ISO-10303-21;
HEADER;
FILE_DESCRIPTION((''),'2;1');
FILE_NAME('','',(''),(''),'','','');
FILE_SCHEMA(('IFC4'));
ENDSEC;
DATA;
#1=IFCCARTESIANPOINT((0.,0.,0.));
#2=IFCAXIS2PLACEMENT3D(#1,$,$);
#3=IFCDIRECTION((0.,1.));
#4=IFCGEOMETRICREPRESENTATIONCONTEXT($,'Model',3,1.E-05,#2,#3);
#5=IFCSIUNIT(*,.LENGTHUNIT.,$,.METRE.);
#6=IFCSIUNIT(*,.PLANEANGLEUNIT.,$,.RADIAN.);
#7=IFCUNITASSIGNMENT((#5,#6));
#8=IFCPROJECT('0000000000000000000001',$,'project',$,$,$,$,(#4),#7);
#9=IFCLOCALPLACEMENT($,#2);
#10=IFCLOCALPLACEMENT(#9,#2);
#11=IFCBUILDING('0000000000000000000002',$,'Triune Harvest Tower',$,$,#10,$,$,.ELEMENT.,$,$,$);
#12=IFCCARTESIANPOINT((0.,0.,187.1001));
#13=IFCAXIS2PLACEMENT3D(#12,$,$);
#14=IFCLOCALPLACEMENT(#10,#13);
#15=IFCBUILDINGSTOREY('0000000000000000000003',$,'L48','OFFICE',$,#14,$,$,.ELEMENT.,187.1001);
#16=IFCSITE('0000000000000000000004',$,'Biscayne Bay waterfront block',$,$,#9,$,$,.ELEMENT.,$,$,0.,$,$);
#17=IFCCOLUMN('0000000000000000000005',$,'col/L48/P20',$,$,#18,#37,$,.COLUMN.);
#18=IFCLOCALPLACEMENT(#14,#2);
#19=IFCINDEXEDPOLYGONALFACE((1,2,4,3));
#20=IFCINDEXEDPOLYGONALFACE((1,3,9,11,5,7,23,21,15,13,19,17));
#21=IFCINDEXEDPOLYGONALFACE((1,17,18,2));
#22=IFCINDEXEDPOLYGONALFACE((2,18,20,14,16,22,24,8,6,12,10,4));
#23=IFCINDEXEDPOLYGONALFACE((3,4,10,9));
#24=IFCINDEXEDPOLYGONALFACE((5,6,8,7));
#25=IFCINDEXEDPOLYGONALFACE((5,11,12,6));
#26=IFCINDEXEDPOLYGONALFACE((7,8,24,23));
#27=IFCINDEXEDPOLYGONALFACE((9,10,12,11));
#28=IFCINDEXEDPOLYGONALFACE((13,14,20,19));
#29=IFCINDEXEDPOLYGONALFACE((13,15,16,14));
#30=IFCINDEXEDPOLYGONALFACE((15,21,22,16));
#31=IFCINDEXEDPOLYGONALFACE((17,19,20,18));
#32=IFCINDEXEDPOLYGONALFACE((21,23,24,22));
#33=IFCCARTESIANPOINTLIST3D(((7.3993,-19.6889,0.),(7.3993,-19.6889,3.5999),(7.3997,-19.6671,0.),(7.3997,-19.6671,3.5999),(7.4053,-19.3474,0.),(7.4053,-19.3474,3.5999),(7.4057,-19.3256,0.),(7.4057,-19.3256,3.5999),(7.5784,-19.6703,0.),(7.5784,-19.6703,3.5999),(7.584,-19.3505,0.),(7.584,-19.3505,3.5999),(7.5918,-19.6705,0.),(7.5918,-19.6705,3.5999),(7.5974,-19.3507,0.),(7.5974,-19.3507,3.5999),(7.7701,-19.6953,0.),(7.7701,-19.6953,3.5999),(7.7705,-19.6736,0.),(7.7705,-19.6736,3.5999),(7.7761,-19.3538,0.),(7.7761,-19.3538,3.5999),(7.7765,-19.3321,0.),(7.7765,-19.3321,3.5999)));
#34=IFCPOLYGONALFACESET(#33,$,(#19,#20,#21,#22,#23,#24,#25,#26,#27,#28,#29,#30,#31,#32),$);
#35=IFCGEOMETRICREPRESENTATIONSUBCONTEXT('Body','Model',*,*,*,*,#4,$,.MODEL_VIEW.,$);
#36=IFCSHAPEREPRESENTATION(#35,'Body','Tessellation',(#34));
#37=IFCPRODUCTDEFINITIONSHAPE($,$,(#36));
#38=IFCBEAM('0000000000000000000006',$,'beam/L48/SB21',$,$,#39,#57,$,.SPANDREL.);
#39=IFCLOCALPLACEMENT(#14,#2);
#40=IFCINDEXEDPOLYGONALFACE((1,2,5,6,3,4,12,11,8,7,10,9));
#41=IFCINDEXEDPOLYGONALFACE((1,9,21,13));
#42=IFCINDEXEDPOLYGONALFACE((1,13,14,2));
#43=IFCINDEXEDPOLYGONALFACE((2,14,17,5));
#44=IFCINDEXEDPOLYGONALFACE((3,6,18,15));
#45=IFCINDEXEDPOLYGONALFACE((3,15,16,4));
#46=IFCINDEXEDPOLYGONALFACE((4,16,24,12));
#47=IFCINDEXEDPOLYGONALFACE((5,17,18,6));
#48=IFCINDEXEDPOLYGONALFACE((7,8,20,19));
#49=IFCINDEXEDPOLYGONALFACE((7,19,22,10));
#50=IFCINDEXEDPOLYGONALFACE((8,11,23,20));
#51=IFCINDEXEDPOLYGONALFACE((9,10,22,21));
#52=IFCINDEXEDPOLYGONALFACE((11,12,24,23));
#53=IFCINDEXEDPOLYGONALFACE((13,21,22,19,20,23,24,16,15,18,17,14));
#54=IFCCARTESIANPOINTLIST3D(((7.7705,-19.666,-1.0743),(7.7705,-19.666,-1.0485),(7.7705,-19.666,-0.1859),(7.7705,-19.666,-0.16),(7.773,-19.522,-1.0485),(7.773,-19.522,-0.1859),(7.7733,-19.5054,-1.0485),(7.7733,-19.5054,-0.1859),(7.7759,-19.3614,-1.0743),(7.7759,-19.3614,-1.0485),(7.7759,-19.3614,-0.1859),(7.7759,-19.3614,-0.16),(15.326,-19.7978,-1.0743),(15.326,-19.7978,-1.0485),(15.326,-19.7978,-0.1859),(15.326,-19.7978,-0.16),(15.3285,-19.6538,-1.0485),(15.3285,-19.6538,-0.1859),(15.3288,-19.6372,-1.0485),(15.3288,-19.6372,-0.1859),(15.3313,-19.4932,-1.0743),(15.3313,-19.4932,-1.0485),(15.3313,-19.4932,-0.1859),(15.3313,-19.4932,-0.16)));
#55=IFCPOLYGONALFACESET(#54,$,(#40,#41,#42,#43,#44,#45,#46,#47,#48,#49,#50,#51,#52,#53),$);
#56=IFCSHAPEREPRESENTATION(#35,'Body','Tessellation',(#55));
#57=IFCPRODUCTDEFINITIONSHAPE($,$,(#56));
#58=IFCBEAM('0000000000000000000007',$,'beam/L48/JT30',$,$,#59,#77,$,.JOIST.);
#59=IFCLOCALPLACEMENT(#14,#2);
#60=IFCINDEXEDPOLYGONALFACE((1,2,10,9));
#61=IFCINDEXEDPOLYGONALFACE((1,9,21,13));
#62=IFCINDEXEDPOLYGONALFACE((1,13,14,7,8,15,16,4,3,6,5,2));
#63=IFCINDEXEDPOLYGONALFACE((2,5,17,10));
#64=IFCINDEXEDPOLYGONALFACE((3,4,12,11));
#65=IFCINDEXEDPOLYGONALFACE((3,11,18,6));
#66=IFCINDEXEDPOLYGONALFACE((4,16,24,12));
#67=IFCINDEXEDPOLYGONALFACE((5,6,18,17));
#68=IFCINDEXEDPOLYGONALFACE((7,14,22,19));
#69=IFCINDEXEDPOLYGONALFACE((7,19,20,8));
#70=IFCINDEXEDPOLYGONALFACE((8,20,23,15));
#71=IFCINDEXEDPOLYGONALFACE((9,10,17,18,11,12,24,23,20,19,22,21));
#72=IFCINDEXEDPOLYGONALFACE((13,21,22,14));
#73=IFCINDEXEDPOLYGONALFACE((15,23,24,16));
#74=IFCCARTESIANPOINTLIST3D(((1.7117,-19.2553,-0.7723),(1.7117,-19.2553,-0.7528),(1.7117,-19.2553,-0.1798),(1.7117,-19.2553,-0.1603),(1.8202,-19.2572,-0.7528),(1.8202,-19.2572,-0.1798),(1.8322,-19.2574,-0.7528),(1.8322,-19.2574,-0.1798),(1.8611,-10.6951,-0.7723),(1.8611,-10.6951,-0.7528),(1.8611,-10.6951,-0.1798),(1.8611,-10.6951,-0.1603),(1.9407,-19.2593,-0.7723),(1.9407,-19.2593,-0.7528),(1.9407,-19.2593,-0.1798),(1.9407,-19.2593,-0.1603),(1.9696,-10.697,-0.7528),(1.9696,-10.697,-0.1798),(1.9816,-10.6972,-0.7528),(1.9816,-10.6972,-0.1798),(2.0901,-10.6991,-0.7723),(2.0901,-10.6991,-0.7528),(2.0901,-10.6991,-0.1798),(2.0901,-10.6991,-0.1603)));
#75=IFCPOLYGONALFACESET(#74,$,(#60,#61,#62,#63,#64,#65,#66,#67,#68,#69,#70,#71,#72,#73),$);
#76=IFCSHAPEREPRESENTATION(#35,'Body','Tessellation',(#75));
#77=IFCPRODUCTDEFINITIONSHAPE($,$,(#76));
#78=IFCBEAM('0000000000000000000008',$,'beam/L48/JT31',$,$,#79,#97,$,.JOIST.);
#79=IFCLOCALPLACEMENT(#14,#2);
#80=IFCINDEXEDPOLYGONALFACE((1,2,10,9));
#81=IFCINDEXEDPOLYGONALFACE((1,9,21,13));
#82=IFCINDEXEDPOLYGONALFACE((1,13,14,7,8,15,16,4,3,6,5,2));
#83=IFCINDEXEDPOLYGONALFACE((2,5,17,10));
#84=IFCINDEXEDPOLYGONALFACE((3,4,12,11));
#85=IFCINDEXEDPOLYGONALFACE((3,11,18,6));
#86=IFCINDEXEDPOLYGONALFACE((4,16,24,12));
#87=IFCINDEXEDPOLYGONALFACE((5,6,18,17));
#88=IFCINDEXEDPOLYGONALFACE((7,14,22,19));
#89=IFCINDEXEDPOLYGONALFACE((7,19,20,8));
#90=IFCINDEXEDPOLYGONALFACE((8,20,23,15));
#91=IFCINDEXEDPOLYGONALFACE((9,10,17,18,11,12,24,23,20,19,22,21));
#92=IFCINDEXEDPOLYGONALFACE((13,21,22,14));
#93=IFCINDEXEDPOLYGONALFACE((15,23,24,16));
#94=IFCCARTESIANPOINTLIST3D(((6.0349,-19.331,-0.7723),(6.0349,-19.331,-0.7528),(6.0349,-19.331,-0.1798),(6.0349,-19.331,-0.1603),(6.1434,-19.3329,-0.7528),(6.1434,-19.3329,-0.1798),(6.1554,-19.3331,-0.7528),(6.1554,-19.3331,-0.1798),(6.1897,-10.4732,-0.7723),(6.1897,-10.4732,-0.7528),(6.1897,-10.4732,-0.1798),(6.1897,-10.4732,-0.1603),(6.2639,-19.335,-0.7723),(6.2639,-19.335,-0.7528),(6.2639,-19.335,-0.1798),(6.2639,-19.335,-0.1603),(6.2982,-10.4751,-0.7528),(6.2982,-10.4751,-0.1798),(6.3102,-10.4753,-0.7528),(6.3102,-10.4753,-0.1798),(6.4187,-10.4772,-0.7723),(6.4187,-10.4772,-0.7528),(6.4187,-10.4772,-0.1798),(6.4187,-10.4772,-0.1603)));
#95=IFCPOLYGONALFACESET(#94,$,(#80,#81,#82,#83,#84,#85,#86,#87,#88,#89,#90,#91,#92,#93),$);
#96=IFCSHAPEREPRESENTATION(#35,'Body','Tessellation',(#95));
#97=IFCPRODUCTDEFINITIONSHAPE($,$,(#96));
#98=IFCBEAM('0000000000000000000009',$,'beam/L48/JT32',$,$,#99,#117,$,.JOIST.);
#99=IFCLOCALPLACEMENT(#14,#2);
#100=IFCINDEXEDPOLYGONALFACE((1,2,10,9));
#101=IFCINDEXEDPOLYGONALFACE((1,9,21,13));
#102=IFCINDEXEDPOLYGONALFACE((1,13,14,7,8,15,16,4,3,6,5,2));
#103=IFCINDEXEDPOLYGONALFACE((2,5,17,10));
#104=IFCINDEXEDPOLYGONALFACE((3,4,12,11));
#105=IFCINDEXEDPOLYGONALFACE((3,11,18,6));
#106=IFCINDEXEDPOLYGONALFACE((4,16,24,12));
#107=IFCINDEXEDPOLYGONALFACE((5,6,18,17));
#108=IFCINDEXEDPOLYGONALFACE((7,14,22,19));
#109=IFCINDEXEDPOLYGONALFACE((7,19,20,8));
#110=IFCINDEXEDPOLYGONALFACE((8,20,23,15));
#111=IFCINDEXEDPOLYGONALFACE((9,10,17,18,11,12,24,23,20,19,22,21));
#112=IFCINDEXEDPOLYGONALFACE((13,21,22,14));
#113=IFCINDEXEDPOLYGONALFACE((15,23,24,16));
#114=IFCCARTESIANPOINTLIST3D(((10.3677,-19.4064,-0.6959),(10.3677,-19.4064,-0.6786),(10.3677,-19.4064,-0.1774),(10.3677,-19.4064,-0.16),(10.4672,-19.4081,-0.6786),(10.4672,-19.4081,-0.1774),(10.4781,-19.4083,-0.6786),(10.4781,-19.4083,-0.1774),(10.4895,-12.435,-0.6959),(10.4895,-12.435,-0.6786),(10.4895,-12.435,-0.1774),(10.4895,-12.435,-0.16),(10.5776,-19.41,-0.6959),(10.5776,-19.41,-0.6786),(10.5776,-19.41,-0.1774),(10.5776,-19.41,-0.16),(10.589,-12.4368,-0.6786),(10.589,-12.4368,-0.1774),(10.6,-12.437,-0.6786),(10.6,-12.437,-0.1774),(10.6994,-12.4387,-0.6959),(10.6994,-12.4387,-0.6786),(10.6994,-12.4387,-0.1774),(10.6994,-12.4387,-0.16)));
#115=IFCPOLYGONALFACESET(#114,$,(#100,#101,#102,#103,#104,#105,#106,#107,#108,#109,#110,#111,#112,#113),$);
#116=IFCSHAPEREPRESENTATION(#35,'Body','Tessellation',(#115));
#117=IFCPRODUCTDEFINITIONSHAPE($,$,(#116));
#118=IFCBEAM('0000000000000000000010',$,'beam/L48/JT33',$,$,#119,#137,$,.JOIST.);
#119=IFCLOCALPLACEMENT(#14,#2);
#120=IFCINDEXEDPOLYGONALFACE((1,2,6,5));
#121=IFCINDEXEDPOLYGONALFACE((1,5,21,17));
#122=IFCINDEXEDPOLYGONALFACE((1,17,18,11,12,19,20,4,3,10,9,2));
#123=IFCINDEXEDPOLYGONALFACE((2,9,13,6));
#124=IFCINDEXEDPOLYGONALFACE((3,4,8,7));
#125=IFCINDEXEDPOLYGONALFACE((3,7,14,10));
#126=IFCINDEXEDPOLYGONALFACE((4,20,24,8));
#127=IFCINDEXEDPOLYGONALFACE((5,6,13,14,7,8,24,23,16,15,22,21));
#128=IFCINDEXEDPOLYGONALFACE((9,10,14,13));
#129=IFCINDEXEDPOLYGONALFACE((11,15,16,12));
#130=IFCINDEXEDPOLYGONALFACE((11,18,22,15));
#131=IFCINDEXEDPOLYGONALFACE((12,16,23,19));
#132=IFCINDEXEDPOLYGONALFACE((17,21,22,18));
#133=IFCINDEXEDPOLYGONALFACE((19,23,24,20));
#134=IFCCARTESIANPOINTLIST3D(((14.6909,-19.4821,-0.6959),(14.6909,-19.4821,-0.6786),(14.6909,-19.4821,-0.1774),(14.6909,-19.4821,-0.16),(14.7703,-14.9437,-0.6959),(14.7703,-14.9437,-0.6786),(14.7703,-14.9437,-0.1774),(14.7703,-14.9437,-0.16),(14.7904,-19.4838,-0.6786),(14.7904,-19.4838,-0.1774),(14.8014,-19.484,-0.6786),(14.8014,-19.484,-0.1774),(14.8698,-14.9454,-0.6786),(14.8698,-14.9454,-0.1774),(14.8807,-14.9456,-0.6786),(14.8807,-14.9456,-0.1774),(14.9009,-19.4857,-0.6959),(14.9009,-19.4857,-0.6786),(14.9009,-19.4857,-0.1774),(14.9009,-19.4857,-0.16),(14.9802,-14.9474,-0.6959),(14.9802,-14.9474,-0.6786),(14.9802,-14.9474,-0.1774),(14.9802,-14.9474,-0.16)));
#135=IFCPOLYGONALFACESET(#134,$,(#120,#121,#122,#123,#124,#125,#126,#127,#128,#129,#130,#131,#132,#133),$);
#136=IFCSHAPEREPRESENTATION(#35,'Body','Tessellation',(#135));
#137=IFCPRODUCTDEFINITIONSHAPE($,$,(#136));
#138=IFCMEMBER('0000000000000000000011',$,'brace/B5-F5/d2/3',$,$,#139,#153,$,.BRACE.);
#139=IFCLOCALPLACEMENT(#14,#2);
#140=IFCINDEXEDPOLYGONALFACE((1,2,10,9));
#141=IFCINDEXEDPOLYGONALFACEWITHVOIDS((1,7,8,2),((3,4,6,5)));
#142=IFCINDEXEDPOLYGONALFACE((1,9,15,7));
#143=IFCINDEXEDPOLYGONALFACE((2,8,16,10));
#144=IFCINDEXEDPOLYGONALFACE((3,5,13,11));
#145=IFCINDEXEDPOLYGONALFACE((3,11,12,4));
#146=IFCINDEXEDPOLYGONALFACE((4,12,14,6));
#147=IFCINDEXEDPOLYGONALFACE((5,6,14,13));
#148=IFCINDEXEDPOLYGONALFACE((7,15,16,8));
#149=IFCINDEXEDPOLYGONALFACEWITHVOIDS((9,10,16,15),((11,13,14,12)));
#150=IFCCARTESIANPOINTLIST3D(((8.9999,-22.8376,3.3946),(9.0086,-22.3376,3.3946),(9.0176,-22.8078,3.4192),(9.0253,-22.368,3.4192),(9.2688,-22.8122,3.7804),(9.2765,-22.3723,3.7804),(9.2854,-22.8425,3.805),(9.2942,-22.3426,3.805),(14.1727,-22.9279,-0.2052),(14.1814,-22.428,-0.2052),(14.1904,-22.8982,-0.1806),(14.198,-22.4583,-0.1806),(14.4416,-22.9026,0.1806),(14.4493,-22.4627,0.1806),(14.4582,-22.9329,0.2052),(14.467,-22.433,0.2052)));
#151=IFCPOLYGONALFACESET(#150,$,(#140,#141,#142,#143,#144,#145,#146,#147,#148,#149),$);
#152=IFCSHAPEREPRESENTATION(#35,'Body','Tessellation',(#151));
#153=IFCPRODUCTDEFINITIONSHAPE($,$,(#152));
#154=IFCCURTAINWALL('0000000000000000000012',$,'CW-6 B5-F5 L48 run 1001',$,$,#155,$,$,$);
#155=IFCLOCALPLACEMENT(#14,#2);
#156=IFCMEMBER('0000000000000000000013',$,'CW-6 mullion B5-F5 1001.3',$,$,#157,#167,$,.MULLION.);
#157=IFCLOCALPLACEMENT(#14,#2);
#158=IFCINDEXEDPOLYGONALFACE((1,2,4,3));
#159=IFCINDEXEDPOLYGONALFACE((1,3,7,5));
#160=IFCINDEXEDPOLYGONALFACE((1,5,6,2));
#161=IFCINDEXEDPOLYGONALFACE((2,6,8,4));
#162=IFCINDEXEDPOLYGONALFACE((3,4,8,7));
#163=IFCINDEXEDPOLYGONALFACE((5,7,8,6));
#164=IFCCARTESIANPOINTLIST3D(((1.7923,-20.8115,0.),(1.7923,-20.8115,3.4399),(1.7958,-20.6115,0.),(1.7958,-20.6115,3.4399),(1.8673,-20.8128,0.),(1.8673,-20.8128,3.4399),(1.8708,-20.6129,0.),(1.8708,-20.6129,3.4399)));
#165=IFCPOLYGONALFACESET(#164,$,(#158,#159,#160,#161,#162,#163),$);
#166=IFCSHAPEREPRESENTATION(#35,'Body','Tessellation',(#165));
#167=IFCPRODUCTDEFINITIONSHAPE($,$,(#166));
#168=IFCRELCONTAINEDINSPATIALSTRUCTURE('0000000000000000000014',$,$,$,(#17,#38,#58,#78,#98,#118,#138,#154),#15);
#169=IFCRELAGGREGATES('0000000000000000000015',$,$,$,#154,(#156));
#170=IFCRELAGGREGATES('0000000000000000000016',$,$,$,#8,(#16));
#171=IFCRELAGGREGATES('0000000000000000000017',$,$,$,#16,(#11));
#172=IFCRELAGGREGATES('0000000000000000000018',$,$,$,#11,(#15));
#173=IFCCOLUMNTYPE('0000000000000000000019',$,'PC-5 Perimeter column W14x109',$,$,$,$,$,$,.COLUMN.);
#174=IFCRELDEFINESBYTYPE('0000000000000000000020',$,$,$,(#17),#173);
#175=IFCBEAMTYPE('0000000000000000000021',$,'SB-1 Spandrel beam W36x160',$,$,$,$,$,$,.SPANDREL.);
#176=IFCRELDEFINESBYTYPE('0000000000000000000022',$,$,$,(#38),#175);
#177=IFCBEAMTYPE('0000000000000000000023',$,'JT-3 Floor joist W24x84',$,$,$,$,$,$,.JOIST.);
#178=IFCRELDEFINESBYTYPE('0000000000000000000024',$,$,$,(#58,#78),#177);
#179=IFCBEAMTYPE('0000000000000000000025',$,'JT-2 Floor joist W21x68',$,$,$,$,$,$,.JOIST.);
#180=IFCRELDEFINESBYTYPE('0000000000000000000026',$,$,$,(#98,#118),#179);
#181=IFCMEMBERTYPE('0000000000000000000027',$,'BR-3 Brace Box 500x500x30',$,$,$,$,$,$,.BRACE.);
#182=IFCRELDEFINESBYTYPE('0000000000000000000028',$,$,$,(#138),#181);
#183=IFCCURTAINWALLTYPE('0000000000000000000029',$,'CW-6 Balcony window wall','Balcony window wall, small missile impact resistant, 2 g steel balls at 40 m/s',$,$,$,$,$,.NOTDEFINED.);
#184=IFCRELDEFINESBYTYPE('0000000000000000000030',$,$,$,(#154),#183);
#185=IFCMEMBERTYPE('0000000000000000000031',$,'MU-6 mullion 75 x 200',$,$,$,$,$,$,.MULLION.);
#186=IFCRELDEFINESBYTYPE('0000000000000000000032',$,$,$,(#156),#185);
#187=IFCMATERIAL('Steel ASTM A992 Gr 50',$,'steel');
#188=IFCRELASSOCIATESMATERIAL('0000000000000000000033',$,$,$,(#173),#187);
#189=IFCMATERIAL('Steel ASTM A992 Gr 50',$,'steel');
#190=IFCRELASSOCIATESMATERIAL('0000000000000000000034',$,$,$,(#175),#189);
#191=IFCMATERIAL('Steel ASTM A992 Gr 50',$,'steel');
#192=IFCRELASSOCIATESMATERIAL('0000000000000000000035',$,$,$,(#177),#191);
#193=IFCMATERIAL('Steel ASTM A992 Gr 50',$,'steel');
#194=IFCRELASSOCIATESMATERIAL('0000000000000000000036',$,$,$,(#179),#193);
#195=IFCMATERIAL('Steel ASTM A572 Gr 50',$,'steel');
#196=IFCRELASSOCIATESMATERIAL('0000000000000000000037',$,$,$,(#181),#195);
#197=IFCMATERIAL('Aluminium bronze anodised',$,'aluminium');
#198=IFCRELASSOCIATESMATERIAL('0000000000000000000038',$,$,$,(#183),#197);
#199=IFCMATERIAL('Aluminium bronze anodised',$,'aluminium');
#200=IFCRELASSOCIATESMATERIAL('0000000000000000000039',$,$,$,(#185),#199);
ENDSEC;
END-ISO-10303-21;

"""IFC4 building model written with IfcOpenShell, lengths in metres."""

from ifc_helpers import new_model, si_unit, direction, frame, origin, origin_2d, place, context, subcontext, project, spatial, rectangle, hollow_rectangle, i_section, extrude, source, transform, mapped, material, material_profile, profile_set, type_object, element, aggregate, save


model = new_model("IFC4")

# Units and contexts
model_context = context("Model", 3, precision=1e-05, world=origin(), true_north=direction((0.0, 1.0)))
body_context = subcontext(model_context, "Body", "Model", "MODEL_VIEW")
ifc_project = project(units=[si_unit("LENGTHUNIT", "METRE"), si_unit("PLANEANGLEUNIT", "RADIAN")], contexts=[model_context])

# Site, building, storey
site_placement = place(None, origin())
site = spatial("IfcSite", under=ifc_project, at=site_placement, Name="Biscayne Bay waterfront block", CompositionType="ELEMENT", RefElevation=0.0)
building_placement = place(site_placement, origin())
building = spatial("IfcBuilding", under=site, at=building_placement, Name="Triune Harvest Tower", CompositionType="ELEMENT")
storey_placement = place(building_placement, frame((0.0, 0.0, 187.1001)))
storey = spatial("IfcBuildingStorey", under=building, at=storey_placement, Name="L48", Description="OFFICE", CompositionType="ELEMENT", Elevation=187.1001)

# Column
ifc_material_1 = material(Name="Steel ASTM A992 Gr 50", Category="steel")
ifc_material_profile_1 = material_profile(ifc_material_1, i_section(OverallWidth=0.3708, OverallDepth=0.3633, WebThickness=0.0134, FlangeThickness=0.0217, at=origin_2d()), Name="W14x109")
ifc_profile_set_1 = profile_set([ifc_material_profile_1], Name="Steel ASTM A992 Gr 50")
column_type = type_object("IfcColumnType", Name="PC-5 Perimeter column W14x109", PredefinedType="COLUMN", material=ifc_profile_set_1)
shared_shape_1 = source(origin(), body_context, "Body", "SweptSolid", [
    extrude(i_section(OverallWidth=0.3708, OverallDepth=0.3633, WebThickness=0.0134, FlangeThickness=0.0217, at=origin_2d()), origin(), (0.0, 0.0, 1.0), 3.5999),
])
column_placement = place(storey_placement, frame((7.5879, -19.5105, 0.0), z_axis=(0.0, 0.0, 1.0), x_axis=(0.999848, -0.017452, 0.0)))
element("IfcColumn", 1, at=column_placement, inside=storey, type_object=column_type, Name="col/L48/P20", PredefinedType="COLUMN", context=body_context, shape_type="MappedRepresentation", body=[
    mapped(shared_shape_1, transform((0.0, 0.0, 0.0), scale=1.0)),
])

# Beams
ifc_material_2 = material(Name="Steel ASTM A992 Gr 50", Category="steel")
ifc_material_profile_2 = material_profile(ifc_material_2, i_section(OverallWidth=0.3047, OverallDepth=0.9143, WebThickness=0.0166, FlangeThickness=0.0259, at=origin_2d()), Name="W36x160")
ifc_profile_set_2 = profile_set([ifc_material_profile_2], Name="Steel ASTM A992 Gr 50")
beam_type_1 = type_object("IfcBeamType", Name="SB-1 Spandrel beam W36x160", PredefinedType="SPANDREL", material=ifc_profile_set_2)
shared_shape_2 = source(origin(), body_context, "Body", "SweptSolid", [
    extrude(i_section(OverallWidth=0.3047, OverallDepth=0.9143, WebThickness=0.0166, FlangeThickness=0.0259, at=origin_2d()), origin(), (0.0, 0.0, 1.0), 7.5566),
])
beam_1_placement = place(storey_placement, frame((7.7732, -19.5137, -0.6172), z_axis=(0.999848, -0.017447, 0.0), x_axis=(0.017447, 0.999848, 0.0)))
element("IfcBeam", 2, at=beam_1_placement, inside=storey, type_object=beam_type_1, Name="beam/L48/SB21", PredefinedType="SPANDREL", context=body_context, shape_type="MappedRepresentation", body=[
    mapped(shared_shape_2, transform((0.0, 0.0, 0.0), scale=1.0)),
])
ifc_material_3 = material(Name="Steel ASTM A992 Gr 50", Category="steel")
ifc_material_profile_3 = material_profile(ifc_material_3, i_section(OverallWidth=0.229, OverallDepth=0.6121, WebThickness=0.012, FlangeThickness=0.0195, at=origin_2d()), Name="W24x84")
ifc_profile_set_3 = profile_set([ifc_material_profile_3], Name="Steel ASTM A992 Gr 50")
beam_type_2 = type_object("IfcBeamType", Name="JT-3 Floor joist W24x84", PredefinedType="JOIST", material=ifc_profile_set_3)
shared_shape_3 = source(origin(), body_context, "Body", "SweptSolid", [
    extrude(i_section(OverallWidth=0.229, OverallDepth=0.6121, WebThickness=0.012, FlangeThickness=0.0195, at=origin_2d()), origin(), (0.0, 0.0, 1.0), 8.5615),
])
beam_2_placement = place(storey_placement, frame((1.8262, -19.2573, -0.4663), z_axis=(0.017452, 0.999848, 0.0), x_axis=(-0.999848, 0.017452, 0.0)))
element("IfcBeam", 3, at=beam_2_placement, inside=storey, type_object=beam_type_2, Name="beam/L48/JT30", PredefinedType="JOIST", context=body_context, shape_type="MappedRepresentation", body=[
    mapped(shared_shape_3, transform((0.0, 0.0, 0.0), scale=1.0)),
])
shared_shape_4 = source(origin(), body_context, "Body", "SweptSolid", [
    extrude(i_section(OverallWidth=0.229, OverallDepth=0.6121, WebThickness=0.012, FlangeThickness=0.0195, at=origin_2d()), origin(), (0.0, 0.0, 1.0), 8.8591),
])
beam_3_placement = place(storey_placement, frame((6.1494, -19.333, -0.4663), z_axis=(0.017472, 0.999847, 0.0), x_axis=(-0.999847, 0.017472, 0.0)))
element("IfcBeam", 4, at=beam_3_placement, inside=storey, type_object=beam_type_2, Name="beam/L48/JT31", PredefinedType="JOIST", context=body_context, shape_type="MappedRepresentation", body=[
    mapped(shared_shape_4, transform((0.0, 0.0, 0.0), scale=1.0)),
])
ifc_material_4 = material(Name="Steel ASTM A992 Gr 50", Category="steel")
ifc_material_profile_4 = material_profile(ifc_material_4, i_section(OverallWidth=0.21, OverallDepth=0.5359, WebThickness=0.011, FlangeThickness=0.0173, at=origin_2d()), Name="W21x68")
ifc_profile_set_4 = profile_set([ifc_material_profile_4], Name="Steel ASTM A992 Gr 50")
beam_type_3 = type_object("IfcBeamType", Name="JT-2 Floor joist W21x68", PredefinedType="JOIST", material=ifc_profile_set_4)
shared_shape_5 = source(origin(), body_context, "Body", "SweptSolid", [
    extrude(i_section(OverallWidth=0.21, OverallDepth=0.5359, WebThickness=0.011, FlangeThickness=0.0173, at=origin_2d()), origin(), (0.0, 0.0, 1.0), 6.9724),
])
beam_4_placement = place(storey_placement, frame((10.4727, -19.4082, -0.428), z_axis=(0.017472, 0.999847, 0.0), x_axis=(-0.999847, 0.017472, 0.0)))
element("IfcBeam", 5, at=beam_4_placement, inside=storey, type_object=beam_type_3, Name="beam/L48/JT32", PredefinedType="JOIST", context=body_context, shape_type="MappedRepresentation", body=[
    mapped(shared_shape_5, transform((0.0, 0.0, 0.0), scale=1.0)),
])
shared_shape_6 = source(origin(), body_context, "Body", "SweptSolid", [
    extrude(i_section(OverallWidth=0.21, OverallDepth=0.5359, WebThickness=0.011, FlangeThickness=0.0173, at=origin_2d()), origin(), (0.0, 0.0, 1.0), 4.5391),
])
beam_5_placement = place(storey_placement, frame((14.7959, -19.4839, -0.428), z_axis=(0.017481, 0.999847, 0.0), x_axis=(-0.999847, 0.017481, 0.0)))
element("IfcBeam", 6, at=beam_5_placement, inside=storey, type_object=beam_type_3, Name="beam/L48/JT33", PredefinedType="JOIST", context=body_context, shape_type="MappedRepresentation", body=[
    mapped(shared_shape_6, transform((0.0, 0.0, 0.0), scale=1.0)),
])

# Member
ifc_material_5 = material(Name="Steel ASTM A572 Gr 50", Category="steel")
ifc_material_profile_5 = material_profile(ifc_material_5, hollow_rectangle(XDim=0.5, YDim=0.5, WallThickness=0.03, at=origin_2d()), Name="Box 500x500x30")
ifc_profile_set_5 = profile_set([ifc_material_profile_5], Name="Steel ASTM A572 Gr 50")
member_type_1 = type_object("IfcMemberType", Name="BR-3 Brace Box 500x500x30", PredefinedType="BRACE", material=ifc_profile_set_5)
shared_shape_7 = source(origin(), body_context, "Body", "SweptSolid", [
    extrude(hollow_rectangle(XDim=0.5, YDim=0.5, WallThickness=0.03, at=origin_2d()), origin(), (0.0, 0.0, 1.0), 6.3027),
])
member_1_placement = place(storey_placement, frame((14.3198, -22.6804, 0.0), z_axis=(-0.820721, 0.014332, 0.57115), x_axis=(-0.01746, -0.999848, 0.0)))
element("IfcMember", 7, at=member_1_placement, inside=storey, type_object=member_type_1, Name="brace/B5-F5/d2/3", PredefinedType="BRACE", context=body_context, shape_type="MappedRepresentation", body=[
    mapped(shared_shape_7, transform((0.0, 0.0, 0.0), scale=1.0)),
])

# Curtain wall, member
ifc_material_6 = material(Name="Aluminium bronze anodised", Category="aluminium")
curtain_wall_type_1 = type_object("IfcCurtainWallType", Name="CW-6 Balcony window wall", Description="Balcony window wall, small missile impact resistant, 2 g steel balls at 40 m/s", PredefinedType="NOTDEFINED", material=ifc_material_6)
curtain_wall_1_placement = place(storey_placement, origin())
curtain_wall_1 = element("IfcCurtainWall", 8, at=curtain_wall_1_placement, inside=storey, type_object=curtain_wall_type_1, Name="CW-6 B5-F5 L48 run 1001")
ifc_material_7 = material(Name="Aluminium bronze anodised", Category="aluminium")
ifc_material_profile_6 = material_profile(ifc_material_7, rectangle(XDim=0.2, YDim=0.075, at=origin_2d()), Name="MU-6 mullion 75 x 200")
ifc_profile_set_6 = profile_set([ifc_material_profile_6], Name="Aluminium bronze anodised")
member_type_2 = type_object("IfcMemberType", Name="MU-6 mullion 75 x 200", PredefinedType="MULLION", material=ifc_profile_set_6)
shared_shape_8 = source(origin(), body_context, "Body", "SweptSolid", [
    extrude(rectangle(XDim=0.2, YDim=0.075, at=origin_2d()), origin(), (0.0, 0.0, 1.0), 3.4399),
])
member_2_placement = place(storey_placement, frame((1.8315, -20.7122, 0.0), z_axis=(0.0, 0.0, 1.0), x_axis=(0.017452, 0.999848, 0.0)))
member_2 = element("IfcMember", 9, at=member_2_placement, type_object=member_type_2, Name="CW-6 mullion B5-F5 1001.3", PredefinedType="MULLION", context=body_context, shape_type="MappedRepresentation", body=[
    mapped(shared_shape_8, transform((0.0, 0.0, 0.0), scale=1.0)),
])
aggregate(curtain_wall_1, [member_2])

save(model, "model.ifc")
